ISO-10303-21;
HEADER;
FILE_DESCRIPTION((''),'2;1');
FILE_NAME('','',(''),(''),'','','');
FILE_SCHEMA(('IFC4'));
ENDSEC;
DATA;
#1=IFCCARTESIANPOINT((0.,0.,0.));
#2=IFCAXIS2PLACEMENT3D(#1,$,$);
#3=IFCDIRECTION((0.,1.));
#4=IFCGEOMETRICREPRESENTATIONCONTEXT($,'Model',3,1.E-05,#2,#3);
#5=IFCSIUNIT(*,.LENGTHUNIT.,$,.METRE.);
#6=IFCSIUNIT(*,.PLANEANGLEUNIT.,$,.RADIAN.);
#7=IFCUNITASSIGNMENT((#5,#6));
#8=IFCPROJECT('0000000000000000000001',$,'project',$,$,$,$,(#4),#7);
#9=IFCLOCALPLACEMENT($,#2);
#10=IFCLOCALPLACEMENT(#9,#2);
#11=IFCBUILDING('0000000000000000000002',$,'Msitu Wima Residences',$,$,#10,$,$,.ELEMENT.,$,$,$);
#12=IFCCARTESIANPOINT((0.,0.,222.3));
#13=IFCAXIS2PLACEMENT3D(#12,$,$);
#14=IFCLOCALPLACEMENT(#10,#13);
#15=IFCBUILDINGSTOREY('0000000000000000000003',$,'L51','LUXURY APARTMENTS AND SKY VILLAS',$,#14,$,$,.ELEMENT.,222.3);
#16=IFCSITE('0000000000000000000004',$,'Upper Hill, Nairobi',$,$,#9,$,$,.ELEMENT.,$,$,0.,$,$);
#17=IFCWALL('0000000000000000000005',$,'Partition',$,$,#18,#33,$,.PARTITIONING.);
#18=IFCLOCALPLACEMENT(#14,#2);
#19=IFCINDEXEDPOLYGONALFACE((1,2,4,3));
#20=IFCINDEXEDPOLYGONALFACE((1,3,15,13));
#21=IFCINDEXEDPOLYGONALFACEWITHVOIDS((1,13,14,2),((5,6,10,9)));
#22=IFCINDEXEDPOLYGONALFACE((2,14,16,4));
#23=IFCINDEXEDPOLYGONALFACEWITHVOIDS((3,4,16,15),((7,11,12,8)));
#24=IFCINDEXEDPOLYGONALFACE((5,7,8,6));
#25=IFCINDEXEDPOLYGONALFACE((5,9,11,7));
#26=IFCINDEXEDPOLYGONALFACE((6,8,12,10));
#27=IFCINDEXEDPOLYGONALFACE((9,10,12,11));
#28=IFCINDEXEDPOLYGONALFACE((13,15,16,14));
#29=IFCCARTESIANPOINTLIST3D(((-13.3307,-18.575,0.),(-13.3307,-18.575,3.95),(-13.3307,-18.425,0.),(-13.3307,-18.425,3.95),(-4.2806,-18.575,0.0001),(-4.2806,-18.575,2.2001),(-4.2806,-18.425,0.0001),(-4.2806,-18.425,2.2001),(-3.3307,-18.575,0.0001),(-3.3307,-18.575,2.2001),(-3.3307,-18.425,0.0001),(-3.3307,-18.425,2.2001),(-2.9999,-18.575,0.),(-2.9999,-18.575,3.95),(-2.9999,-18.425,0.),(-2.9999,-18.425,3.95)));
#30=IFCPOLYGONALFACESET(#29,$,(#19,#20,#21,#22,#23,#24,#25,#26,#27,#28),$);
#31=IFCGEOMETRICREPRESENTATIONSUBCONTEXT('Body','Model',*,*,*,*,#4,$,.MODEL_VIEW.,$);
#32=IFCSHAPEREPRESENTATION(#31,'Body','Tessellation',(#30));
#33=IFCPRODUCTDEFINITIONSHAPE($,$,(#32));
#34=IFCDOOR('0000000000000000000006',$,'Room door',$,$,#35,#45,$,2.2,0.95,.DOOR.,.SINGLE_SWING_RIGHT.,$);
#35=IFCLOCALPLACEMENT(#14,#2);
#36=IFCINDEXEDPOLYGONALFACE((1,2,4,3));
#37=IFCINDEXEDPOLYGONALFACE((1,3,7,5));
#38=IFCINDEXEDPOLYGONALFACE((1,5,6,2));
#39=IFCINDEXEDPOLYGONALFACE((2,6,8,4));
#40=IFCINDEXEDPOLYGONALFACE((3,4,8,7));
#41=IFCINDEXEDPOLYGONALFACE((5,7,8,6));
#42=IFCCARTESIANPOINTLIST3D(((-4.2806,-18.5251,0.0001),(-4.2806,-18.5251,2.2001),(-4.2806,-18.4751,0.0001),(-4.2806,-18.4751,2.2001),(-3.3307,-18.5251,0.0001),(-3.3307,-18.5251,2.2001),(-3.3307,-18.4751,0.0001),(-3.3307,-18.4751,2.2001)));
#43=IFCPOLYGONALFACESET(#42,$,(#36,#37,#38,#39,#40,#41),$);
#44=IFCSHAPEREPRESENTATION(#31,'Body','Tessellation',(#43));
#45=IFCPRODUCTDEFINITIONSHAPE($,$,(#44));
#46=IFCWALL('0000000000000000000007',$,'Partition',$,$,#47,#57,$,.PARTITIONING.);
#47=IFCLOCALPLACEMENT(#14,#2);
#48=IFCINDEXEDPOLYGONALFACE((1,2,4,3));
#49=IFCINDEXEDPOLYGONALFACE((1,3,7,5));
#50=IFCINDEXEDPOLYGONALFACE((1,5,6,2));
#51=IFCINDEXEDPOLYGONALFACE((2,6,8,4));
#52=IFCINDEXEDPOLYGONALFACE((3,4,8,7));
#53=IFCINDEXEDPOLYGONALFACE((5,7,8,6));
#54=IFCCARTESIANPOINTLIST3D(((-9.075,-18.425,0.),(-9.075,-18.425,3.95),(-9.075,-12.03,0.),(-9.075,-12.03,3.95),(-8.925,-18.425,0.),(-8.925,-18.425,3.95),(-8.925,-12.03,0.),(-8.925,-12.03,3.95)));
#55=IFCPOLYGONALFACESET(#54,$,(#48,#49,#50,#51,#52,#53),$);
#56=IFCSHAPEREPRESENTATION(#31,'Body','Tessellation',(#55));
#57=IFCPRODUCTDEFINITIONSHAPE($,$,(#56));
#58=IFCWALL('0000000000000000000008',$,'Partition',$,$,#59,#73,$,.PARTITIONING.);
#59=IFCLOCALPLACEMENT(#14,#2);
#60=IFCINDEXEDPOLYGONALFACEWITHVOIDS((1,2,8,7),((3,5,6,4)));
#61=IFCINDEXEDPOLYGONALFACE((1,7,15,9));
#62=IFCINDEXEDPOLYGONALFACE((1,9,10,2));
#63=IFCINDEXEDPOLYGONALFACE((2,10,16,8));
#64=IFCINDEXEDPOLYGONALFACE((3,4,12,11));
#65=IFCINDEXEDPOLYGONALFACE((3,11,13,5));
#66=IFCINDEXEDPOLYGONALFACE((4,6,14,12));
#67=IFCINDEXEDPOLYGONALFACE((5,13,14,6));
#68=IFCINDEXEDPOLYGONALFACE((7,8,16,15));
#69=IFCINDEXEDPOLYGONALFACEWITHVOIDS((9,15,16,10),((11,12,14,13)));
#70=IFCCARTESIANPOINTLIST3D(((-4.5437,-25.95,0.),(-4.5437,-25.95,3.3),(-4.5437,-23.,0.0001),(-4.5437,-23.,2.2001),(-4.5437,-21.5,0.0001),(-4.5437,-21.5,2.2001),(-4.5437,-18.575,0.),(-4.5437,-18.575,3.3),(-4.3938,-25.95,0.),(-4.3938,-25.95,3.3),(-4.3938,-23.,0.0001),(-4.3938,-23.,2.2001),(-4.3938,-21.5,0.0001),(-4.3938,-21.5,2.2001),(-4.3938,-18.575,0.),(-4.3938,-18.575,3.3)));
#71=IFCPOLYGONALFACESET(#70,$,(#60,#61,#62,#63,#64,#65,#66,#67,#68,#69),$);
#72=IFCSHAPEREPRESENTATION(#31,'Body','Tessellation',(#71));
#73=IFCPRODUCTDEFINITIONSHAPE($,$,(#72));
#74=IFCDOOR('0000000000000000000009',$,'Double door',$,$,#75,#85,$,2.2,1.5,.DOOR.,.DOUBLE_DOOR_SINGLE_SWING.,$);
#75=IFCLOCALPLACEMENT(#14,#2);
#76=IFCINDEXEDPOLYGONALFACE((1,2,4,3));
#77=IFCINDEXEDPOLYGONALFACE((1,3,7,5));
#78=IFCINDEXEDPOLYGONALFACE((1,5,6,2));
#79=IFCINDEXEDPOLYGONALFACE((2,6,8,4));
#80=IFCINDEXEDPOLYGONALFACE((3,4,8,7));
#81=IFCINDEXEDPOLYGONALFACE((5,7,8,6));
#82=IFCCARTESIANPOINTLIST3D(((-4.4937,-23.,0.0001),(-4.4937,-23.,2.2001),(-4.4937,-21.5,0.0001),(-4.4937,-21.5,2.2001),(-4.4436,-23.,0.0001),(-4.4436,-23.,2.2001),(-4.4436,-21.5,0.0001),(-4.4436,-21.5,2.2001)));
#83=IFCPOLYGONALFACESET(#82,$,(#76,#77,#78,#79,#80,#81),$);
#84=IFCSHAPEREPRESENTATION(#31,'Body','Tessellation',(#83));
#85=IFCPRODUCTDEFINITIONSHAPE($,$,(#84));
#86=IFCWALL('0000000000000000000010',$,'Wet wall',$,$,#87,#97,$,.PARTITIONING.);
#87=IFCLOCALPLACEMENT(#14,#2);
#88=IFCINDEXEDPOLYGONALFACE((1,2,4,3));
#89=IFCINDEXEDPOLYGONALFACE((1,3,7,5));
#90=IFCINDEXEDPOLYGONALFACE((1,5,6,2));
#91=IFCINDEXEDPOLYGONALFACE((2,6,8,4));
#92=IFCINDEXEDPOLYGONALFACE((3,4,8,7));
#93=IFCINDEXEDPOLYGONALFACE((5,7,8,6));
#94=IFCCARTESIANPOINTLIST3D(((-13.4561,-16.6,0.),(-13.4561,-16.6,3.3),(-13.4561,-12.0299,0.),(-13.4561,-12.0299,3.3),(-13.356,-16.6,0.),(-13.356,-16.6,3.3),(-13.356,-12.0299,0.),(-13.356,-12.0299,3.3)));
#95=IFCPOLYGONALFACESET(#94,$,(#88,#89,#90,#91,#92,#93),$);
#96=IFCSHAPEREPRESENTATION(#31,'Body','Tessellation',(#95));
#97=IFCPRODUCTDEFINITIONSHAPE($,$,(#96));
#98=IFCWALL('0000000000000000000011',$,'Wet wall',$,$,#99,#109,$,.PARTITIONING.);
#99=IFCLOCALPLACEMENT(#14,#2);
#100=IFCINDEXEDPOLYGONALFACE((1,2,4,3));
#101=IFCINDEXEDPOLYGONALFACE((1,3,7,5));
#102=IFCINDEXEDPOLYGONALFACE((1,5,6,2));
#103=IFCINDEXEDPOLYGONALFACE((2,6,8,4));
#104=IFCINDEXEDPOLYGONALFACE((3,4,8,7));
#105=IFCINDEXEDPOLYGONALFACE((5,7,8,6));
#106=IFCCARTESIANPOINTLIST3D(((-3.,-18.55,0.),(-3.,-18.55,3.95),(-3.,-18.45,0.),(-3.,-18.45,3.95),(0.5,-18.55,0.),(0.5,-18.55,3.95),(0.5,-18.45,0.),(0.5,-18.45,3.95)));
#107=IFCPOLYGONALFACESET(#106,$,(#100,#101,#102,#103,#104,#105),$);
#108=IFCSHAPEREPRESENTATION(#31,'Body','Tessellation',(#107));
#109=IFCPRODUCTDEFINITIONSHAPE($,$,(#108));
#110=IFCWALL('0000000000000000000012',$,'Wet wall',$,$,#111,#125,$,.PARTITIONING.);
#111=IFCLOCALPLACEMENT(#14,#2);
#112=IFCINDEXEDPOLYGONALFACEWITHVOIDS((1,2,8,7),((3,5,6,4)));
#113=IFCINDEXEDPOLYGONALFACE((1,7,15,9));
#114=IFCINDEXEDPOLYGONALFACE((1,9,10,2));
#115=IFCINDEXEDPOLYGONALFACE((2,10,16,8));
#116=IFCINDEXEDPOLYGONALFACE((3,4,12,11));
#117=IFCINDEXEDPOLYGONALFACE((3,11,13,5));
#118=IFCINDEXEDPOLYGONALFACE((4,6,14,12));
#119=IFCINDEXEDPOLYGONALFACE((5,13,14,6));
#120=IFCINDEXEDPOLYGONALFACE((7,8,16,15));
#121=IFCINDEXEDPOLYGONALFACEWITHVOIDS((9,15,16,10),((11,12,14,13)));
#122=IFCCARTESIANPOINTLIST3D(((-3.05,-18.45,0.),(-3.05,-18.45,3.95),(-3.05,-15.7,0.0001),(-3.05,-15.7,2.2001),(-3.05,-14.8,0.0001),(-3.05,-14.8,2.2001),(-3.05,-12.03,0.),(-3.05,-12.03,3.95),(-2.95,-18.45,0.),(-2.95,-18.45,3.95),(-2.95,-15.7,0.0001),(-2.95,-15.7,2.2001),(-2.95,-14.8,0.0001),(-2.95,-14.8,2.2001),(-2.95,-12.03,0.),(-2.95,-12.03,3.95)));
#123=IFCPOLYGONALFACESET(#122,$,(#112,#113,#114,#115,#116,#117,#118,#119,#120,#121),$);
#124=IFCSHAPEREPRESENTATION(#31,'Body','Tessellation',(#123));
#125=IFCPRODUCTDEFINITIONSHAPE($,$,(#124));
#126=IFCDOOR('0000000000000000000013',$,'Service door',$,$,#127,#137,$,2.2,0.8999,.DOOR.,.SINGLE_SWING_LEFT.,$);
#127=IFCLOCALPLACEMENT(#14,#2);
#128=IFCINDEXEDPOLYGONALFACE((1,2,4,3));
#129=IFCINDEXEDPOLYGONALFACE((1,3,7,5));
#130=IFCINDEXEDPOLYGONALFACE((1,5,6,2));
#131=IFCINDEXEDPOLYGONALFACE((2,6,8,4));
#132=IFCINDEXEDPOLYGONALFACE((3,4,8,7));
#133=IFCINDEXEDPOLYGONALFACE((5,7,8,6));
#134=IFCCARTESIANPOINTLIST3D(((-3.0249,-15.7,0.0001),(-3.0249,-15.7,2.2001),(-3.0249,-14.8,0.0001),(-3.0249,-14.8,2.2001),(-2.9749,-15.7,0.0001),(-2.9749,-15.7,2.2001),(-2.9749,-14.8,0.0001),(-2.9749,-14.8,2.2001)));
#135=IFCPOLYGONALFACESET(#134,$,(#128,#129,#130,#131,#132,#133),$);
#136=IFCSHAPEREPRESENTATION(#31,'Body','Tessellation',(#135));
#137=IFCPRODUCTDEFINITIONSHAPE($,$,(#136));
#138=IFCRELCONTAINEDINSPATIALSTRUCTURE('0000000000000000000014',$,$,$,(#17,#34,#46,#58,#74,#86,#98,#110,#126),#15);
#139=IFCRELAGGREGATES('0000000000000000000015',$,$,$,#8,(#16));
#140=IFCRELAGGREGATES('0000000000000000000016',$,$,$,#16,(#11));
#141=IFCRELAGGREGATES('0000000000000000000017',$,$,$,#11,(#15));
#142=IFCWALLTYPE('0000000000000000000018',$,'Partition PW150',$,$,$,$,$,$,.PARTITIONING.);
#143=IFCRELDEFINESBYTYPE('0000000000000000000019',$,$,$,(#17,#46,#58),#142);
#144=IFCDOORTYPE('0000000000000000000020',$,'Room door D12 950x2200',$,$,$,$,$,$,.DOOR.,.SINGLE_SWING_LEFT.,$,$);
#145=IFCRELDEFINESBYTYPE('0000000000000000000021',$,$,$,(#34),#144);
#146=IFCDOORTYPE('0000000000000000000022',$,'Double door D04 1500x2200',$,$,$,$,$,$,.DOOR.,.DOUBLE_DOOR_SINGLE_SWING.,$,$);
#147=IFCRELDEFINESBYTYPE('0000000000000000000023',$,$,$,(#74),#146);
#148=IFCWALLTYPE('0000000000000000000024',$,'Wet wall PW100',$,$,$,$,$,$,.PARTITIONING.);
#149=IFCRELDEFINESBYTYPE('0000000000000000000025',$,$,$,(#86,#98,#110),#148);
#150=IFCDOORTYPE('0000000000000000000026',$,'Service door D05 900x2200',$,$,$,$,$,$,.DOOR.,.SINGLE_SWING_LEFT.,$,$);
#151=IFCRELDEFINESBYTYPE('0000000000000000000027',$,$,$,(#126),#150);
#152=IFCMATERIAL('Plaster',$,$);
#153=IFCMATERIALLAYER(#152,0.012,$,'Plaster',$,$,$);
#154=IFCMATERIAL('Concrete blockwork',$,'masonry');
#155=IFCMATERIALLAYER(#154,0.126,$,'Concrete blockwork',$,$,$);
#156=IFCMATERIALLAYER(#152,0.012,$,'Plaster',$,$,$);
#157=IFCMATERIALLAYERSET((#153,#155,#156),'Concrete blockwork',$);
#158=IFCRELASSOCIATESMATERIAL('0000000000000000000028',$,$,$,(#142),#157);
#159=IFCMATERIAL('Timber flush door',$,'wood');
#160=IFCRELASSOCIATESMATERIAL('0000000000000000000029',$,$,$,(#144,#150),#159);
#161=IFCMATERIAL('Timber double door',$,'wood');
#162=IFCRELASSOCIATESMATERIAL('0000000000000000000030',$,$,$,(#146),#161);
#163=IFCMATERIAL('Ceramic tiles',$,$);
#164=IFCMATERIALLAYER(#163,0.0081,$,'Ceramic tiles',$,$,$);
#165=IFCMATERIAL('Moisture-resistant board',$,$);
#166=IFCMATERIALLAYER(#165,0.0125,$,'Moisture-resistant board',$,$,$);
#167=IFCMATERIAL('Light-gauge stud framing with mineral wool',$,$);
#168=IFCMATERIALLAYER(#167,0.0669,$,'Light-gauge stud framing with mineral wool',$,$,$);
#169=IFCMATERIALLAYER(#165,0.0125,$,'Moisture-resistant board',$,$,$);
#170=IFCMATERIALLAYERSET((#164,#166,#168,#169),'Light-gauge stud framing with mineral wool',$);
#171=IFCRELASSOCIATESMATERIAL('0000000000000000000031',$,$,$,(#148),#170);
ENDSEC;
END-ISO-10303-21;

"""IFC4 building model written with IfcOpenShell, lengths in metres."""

from ifc_helpers import new_model, si_unit, direction, frame, frame_2d, origin, place, context, subcontext, project, spatial, rectangle, extrude, material, layer, layer_set, type_object, element, fill, save


model = new_model("IFC4")

# Units and contexts
model_context = context("Model", 3, precision=1e-05, world=origin(), true_north=direction((0.0, 1.0)))
body_context = subcontext(model_context, "Body", "Model", "MODEL_VIEW")
ifc_project = project(units=[si_unit("LENGTHUNIT", "METRE"), si_unit("PLANEANGLEUNIT", "RADIAN")], contexts=[model_context])

# Site, building, storey
site_placement = place(None, origin())
site = spatial("IfcSite", under=ifc_project, at=site_placement, Name="Upper Hill, Nairobi", CompositionType="ELEMENT", RefElevation=0.0)
building_placement = place(site_placement, origin())
building = spatial("IfcBuilding", under=site, at=building_placement, Name="Msitu Wima Residences", CompositionType="ELEMENT")
storey_placement = place(building_placement, frame((0.0, 0.0, 222.3)))
storey = spatial("IfcBuildingStorey", under=building, at=storey_placement, Name="L51", Description="LUXURY APARTMENTS AND SKY VILLAS", CompositionType="ELEMENT", Elevation=222.3)

# Shared definitions
ifc_material_1 = material(Name="Plaster")
ifc_layer_1 = layer(ifc_material_1, 0.012, Name="Plaster")
ifc_material_2 = material(Name="Concrete blockwork", Category="masonry")
ifc_layer_2 = layer(ifc_material_2, 0.126, Name="Concrete blockwork")
ifc_layer_3 = layer(ifc_material_1, 0.012, Name="Plaster")
ifc_layer_set_1 = layer_set([ifc_layer_1, ifc_layer_2, ifc_layer_3], Name="Concrete blockwork")
wall_type_1 = type_object("IfcWallType", Name="Partition PW150", PredefinedType="PARTITIONING", material=ifc_layer_set_1)
ifc_material_3 = material(Name="Timber flush door", Category="wood")
door_type_1 = type_object("IfcDoorType", Name="Room door D12 950x2200", OperationType="SINGLE_SWING_LEFT", PredefinedType="DOOR", material=ifc_material_3)

# Wall, opening, door
wall_1_placement = place(storey_placement, frame((-13.3308, -18.5, 0.0), z_axis=(0.0, 0.0, 1.0), x_axis=(1.0, 0.0, 0.0)))
wall_1 = element("IfcWall", 1, at=wall_1_placement, inside=storey, type_object=wall_type_1, Name="Partition", PredefinedType="PARTITIONING", context=body_context, shape_type="SweptSolid", body=[
    extrude(rectangle(XDim=10.3308, YDim=0.1499, at=frame_2d((5.1655, 0.0))), origin(), (0.0, 0.0, 1.0), 3.95),
])
opening_1_placement = place(wall_1_placement, frame((9.05, 0.0, 0.0)))
opening_1 = element("IfcOpeningElement", 2, at=opening_1_placement, cuts=wall_1, PredefinedType="OPENING", context=body_context, shape_type="SweptSolid", body=[
    extrude(rectangle(XDim=0.95, YDim=2.2, at=frame_2d((0.4751, 1.1001))), frame((0.0, 0.085, 0.0), z_axis=(0.0, -1.0, 0.0), x_axis=(1.0, 0.0, 0.0)), (0.0, 0.0, 1.0), 0.1699),
])
door_1_placement = place(opening_1_placement, origin())
door_1 = element("IfcDoor", 3, at=door_1_placement, inside=storey, type_object=door_type_1, Name="Room door", OperationType="SINGLE_SWING_RIGHT", OverallHeight=2.2, OverallWidth=0.95, PredefinedType="DOOR", context=body_context, shape_type="SweptSolid", body=[
    extrude(rectangle(XDim=0.95, YDim=2.2, at=frame_2d((0.4751, 1.1001))), frame((0.0, 0.0249, 0.0), z_axis=(0.0, -1.0, 0.0), x_axis=(1.0, 0.0, 0.0)), (0.0, 0.0, 1.0), 0.05),
])
fill(opening_1, door_1)

# Wall
wall_2_placement = place(storey_placement, frame((-9.0, -18.425, 0.0), z_axis=(0.0, 0.0, 1.0), x_axis=(0.0, 1.0, 0.0)))
element("IfcWall", 4, at=wall_2_placement, inside=storey, type_object=wall_type_1, Name="Partition", PredefinedType="PARTITIONING", context=body_context, shape_type="SweptSolid", body=[
    extrude(rectangle(XDim=6.395, YDim=0.1499, at=frame_2d((3.1975, 0.0))), origin(), (0.0, 0.0, 1.0), 3.95),
])

# Wall, opening, door
wall_3_placement = place(storey_placement, frame((-4.4688, -25.95, 0.0), z_axis=(0.0, 0.0, 1.0), x_axis=(0.0, 1.0, 0.0)))
wall_3 = element("IfcWall", 5, at=wall_3_placement, inside=storey, type_object=wall_type_1, Name="Partition", PredefinedType="PARTITIONING", context=body_context, shape_type="SweptSolid", body=[
    extrude(rectangle(XDim=7.375, YDim=0.1499, at=frame_2d((3.6875, 0.0))), origin(), (0.0, 0.0, 1.0), 3.3),
])
opening_2_placement = place(wall_3_placement, frame((2.95, 0.0, 0.0)))
opening_2 = element("IfcOpeningElement", 6, at=opening_2_placement, cuts=wall_3, PredefinedType="OPENING", context=body_context, shape_type="SweptSolid", body=[
    extrude(rectangle(XDim=1.5, YDim=2.2, at=frame_2d((0.75, 1.1001))), frame((0.0, 0.085, 0.0), z_axis=(0.0, -1.0, 0.0), x_axis=(1.0, 0.0, 0.0)), (0.0, 0.0, 1.0), 0.1699),
])
ifc_material_4 = material(Name="Timber double door", Category="wood")
door_type_2 = type_object("IfcDoorType", Name="Double door D04 1500x2200", OperationType="DOUBLE_DOOR_SINGLE_SWING", PredefinedType="DOOR", material=ifc_material_4)
door_2_placement = place(opening_2_placement, origin())
door_2 = element("IfcDoor", 7, at=door_2_placement, inside=storey, type_object=door_type_2, Name="Double door", OperationType="DOUBLE_DOOR_SINGLE_SWING", OverallHeight=2.2, OverallWidth=1.5, PredefinedType="DOOR", context=body_context, shape_type="SweptSolid", body=[
    extrude(rectangle(XDim=1.5, YDim=2.2, at=frame_2d((0.75, 1.1001))), frame((0.0, 0.0249, 0.0), z_axis=(0.0, -1.0, 0.0), x_axis=(1.0, 0.0, 0.0)), (0.0, 0.0, 1.0), 0.05),
])
fill(opening_2, door_2)

# Walls
ifc_material_5 = material(Name="Ceramic tiles")
ifc_layer_4 = layer(ifc_material_5, 0.0081, Name="Ceramic tiles")
ifc_material_6 = material(Name="Moisture-resistant board")
ifc_layer_5 = layer(ifc_material_6, 0.0125, Name="Moisture-resistant board")
ifc_material_7 = material(Name="Light-gauge stud framing with mineral wool")
ifc_layer_6 = layer(ifc_material_7, 0.0669, Name="Light-gauge stud framing with mineral wool")
ifc_layer_7 = layer(ifc_material_6, 0.0125, Name="Moisture-resistant board")
ifc_layer_set_2 = layer_set([ifc_layer_4, ifc_layer_5, ifc_layer_6, ifc_layer_7], Name="Light-gauge stud framing with mineral wool")
wall_type_2 = type_object("IfcWallType", Name="Wet wall PW100", PredefinedType="PARTITIONING", material=ifc_layer_set_2)
wall_4_placement = place(storey_placement, frame((-13.406, -16.6001, 0.0), z_axis=(0.0, 0.0, 1.0), x_axis=(0.0, 1.0, 0.0)))
element("IfcWall", 8, at=wall_4_placement, inside=storey, type_object=wall_type_2, Name="Wet wall", PredefinedType="PARTITIONING", context=body_context, shape_type="SweptSolid", body=[
    extrude(rectangle(XDim=4.5701, YDim=0.1001, at=frame_2d((2.2852, 0.0))), origin(), (0.0, 0.0, 1.0), 3.3),
])
wall_5_placement = place(storey_placement, frame((-3.0, -18.5, 0.0), z_axis=(0.0, 0.0, 1.0), x_axis=(1.0, 0.0, 0.0)))
element("IfcWall", 9, at=wall_5_placement, inside=storey, type_object=wall_type_2, Name="Wet wall", PredefinedType="PARTITIONING", context=body_context, shape_type="SweptSolid", body=[
    extrude(rectangle(XDim=3.5, YDim=0.1001, at=frame_2d((1.75, 0.0))), origin(), (0.0, 0.0, 1.0), 3.95),
])

# Wall, opening, door
wall_6_placement = place(storey_placement, frame((-3.0, -18.45, 0.0), z_axis=(0.0, 0.0, 1.0), x_axis=(0.0, 1.0, 0.0)))
wall_6 = element("IfcWall", 10, at=wall_6_placement, inside=storey, type_object=wall_type_2, Name="Wet wall", PredefinedType="PARTITIONING", context=body_context, shape_type="SweptSolid", body=[
    extrude(rectangle(XDim=6.4199, YDim=0.1001, at=frame_2d((3.21, 0.0))), origin(), (0.0, 0.0, 1.0), 3.95),
])
opening_3_placement = place(wall_6_placement, frame((2.75, 0.0, 0.0)))
opening_3 = element("IfcOpeningElement", 11, at=opening_3_placement, cuts=wall_6, PredefinedType="OPENING", context=body_context, shape_type="SweptSolid", body=[
    extrude(rectangle(XDim=0.8999, YDim=2.2, at=frame_2d((0.45, 1.1001))), frame((0.0, 0.0601, 0.0), z_axis=(0.0, -1.0, 0.0), x_axis=(1.0, 0.0, 0.0)), (0.0, 0.0, 1.0), 0.1201),
])
door_type_3 = type_object("IfcDoorType", Name="Service door D05 900x2200", OperationType="SINGLE_SWING_LEFT", PredefinedType="DOOR", material=ifc_material_3)
door_3_placement = place(opening_3_placement, origin())
door_3 = element("IfcDoor", 12, at=door_3_placement, inside=storey, type_object=door_type_3, Name="Service door", OperationType="SINGLE_SWING_LEFT", OverallHeight=2.2, OverallWidth=0.8999, PredefinedType="DOOR", context=body_context, shape_type="SweptSolid", body=[
    extrude(rectangle(XDim=0.8999, YDim=2.2, at=frame_2d((0.45, 1.1001))), frame((0.0, 0.0249, 0.0), z_axis=(0.0, -1.0, 0.0), x_axis=(1.0, 0.0, 0.0)), (0.0, 0.0, 1.0), 0.05),
])
fill(opening_3, door_3)

save(model, "model.ifc")
